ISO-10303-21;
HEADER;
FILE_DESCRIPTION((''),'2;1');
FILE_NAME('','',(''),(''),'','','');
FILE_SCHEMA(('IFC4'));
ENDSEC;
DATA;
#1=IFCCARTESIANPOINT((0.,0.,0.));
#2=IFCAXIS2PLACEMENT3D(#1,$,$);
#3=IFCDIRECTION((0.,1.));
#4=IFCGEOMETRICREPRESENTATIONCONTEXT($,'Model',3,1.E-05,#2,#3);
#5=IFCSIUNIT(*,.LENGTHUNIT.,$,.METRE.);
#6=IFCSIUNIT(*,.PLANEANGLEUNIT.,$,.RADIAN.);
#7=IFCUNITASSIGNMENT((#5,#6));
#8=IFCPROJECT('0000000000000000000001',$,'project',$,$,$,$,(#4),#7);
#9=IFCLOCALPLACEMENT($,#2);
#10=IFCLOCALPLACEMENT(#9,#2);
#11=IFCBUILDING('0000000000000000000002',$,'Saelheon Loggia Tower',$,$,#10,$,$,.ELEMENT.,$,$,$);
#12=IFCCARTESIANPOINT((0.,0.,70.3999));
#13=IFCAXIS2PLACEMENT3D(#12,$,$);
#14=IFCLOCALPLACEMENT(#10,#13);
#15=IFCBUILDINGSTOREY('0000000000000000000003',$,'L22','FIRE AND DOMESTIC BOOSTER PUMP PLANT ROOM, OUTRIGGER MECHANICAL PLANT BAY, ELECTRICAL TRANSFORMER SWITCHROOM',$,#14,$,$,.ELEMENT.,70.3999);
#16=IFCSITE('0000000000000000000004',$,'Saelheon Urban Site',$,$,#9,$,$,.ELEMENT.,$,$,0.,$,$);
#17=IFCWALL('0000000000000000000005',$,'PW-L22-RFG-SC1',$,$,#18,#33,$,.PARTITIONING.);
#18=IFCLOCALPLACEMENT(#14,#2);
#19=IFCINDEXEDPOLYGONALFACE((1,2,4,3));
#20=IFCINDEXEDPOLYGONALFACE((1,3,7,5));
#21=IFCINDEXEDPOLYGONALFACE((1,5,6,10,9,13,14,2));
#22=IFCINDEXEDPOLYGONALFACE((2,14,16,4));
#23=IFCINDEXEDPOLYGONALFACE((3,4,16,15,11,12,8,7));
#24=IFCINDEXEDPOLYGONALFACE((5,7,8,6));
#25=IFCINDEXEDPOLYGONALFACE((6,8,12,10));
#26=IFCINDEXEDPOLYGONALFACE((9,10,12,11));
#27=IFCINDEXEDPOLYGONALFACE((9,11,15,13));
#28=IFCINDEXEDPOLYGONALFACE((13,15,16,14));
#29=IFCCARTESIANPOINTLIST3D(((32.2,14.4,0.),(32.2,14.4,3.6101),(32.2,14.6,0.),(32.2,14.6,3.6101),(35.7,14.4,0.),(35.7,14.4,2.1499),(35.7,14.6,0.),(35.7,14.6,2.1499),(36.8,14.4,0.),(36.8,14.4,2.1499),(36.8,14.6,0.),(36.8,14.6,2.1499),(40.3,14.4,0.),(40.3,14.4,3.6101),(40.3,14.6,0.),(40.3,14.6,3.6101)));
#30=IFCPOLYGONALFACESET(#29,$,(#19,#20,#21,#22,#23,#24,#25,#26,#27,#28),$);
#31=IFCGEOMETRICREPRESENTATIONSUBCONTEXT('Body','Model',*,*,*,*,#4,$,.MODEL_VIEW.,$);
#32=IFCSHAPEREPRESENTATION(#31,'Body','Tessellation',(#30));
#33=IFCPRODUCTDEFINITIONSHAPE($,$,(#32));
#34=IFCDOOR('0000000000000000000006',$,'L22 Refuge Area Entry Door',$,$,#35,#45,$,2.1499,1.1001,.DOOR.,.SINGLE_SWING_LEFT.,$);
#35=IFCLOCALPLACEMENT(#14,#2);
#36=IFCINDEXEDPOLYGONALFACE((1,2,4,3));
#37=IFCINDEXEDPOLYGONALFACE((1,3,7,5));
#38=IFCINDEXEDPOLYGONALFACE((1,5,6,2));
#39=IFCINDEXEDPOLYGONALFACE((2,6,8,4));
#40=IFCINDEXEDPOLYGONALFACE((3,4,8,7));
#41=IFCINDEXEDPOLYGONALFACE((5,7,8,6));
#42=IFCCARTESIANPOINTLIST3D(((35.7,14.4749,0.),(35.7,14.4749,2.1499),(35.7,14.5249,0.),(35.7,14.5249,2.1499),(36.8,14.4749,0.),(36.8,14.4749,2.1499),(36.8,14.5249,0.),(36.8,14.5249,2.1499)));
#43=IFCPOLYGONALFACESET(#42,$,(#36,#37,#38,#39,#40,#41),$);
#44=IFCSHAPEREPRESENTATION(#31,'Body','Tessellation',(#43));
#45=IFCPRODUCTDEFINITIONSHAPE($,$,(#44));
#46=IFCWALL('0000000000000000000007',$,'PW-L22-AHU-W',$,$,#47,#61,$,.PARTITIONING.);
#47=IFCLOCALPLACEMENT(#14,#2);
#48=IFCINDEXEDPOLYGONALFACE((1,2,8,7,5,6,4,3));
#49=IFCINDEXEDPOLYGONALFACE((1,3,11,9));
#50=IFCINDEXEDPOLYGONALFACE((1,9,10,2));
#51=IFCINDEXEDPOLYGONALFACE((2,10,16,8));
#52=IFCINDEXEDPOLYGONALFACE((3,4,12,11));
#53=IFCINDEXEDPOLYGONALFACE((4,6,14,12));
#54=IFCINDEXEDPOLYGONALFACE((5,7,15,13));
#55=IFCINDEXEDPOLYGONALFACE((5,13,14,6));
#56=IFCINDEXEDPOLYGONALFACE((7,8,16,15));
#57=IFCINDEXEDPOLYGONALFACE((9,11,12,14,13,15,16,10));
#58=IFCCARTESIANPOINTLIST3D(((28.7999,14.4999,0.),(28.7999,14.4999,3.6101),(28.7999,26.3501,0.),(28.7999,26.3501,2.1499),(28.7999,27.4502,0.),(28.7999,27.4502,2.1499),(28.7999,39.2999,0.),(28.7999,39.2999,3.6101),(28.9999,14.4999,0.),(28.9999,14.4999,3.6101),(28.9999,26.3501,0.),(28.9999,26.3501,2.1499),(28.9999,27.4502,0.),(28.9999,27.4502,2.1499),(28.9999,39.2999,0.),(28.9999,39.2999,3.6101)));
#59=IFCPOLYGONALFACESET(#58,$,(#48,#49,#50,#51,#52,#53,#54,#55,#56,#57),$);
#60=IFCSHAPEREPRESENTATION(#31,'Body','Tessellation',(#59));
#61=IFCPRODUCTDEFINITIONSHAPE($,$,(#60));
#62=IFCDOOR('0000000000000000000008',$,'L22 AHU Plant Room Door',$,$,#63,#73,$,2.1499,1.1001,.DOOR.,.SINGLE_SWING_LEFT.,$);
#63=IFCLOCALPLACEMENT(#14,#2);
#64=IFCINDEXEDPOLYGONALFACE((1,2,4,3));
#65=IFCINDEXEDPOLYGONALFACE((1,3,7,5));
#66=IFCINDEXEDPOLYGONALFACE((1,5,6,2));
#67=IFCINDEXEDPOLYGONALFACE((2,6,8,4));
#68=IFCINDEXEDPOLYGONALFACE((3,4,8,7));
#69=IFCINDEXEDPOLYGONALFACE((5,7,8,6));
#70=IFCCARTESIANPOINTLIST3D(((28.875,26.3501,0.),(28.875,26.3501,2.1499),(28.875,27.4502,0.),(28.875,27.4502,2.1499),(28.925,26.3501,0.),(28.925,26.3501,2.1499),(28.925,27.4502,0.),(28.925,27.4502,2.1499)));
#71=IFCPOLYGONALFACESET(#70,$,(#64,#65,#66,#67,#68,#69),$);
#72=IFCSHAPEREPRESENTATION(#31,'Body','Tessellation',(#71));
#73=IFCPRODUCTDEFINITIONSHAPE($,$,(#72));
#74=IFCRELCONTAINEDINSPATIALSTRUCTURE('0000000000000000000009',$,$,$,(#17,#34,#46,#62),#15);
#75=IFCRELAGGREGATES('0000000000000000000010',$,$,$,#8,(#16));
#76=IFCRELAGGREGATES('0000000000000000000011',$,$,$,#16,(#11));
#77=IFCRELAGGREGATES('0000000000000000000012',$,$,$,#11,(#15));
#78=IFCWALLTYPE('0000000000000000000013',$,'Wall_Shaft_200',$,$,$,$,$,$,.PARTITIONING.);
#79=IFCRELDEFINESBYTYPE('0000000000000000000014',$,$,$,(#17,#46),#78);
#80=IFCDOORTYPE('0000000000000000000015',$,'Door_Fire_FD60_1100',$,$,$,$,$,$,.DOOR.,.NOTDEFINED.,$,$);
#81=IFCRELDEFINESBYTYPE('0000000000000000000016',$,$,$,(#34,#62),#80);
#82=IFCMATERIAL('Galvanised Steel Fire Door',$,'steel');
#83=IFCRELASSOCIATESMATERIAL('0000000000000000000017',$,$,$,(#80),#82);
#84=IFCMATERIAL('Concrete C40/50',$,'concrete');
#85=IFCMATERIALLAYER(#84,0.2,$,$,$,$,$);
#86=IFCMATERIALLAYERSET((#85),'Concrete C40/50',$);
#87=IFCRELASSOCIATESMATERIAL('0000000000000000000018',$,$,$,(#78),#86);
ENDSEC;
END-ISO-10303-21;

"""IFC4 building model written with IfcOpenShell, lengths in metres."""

from ifc_helpers import new_model, si_unit, direction, frame, frame_2d, origin, place, context, subcontext, project, spatial, rectangle, extrude, source, transform, mapped, material, layer, layer_set, type_object, element, fill, save


model = new_model("IFC4")

# Units and contexts
model_context = context("Model", 3, precision=1e-05, world=origin(), true_north=direction((0.0, 1.0)))
body_context = subcontext(model_context, "Body", "Model", "MODEL_VIEW")
ifc_project = project(units=[si_unit("LENGTHUNIT", "METRE"), si_unit("PLANEANGLEUNIT", "RADIAN")], contexts=[model_context])

# Site, building, storey
site_placement = place(None, origin())
site = spatial("IfcSite", under=ifc_project, at=site_placement, Name="Saelheon Urban Site", CompositionType="ELEMENT", RefElevation=0.0)
building_placement = place(site_placement, origin())
building = spatial("IfcBuilding", under=site, at=building_placement, Name="Saelheon Loggia Tower", CompositionType="ELEMENT")
storey_placement = place(building_placement, frame((0.0, 0.0, 70.3999)))
storey = spatial("IfcBuildingStorey", under=building, at=storey_placement, Name="L22", Description="FIRE AND DOMESTIC BOOSTER PUMP PLANT ROOM, OUTRIGGER MECHANICAL PLANT BAY, ELECTRICAL TRANSFORMER SWITCHROOM", CompositionType="ELEMENT", Elevation=70.3999)

# Shared definitions
ifc_material_1 = material(Name="Concrete C40/50", Category="concrete")

# Walls, openings, doors
ifc_material_2 = material(Name="Galvanised Steel Fire Door", Category="steel")
door_type = type_object("IfcDoorType", Name="Door_Fire_FD60_1100", OperationType="NOTDEFINED", PredefinedType="DOOR", material=ifc_material_2)
shared_shape_1 = source(origin(), body_context, "Body", "SweptSolid", [
    extrude(rectangle(XDim=1.1001, YDim=2.1499, at=frame_2d((0.55, 1.075))), frame((0.0, 0.0249, 0.0), z_axis=(0.0, -1.0, 0.0), x_axis=(1.0, 0.0, 0.0)), (0.0, 0.0, 1.0), 0.05),
])
ifc_layer_1 = layer(ifc_material_1, 0.2)
ifc_layer_set_1 = layer_set([ifc_layer_1], Name="Concrete C40/50")
wall_type_1 = type_object("IfcWallType", Name="Wall_Shaft_200", PredefinedType="PARTITIONING", material=ifc_layer_set_1)
wall_1_placement = place(storey_placement, frame((32.2, 14.5, 0.0), z_axis=(0.0, 0.0, 1.0), x_axis=(1.0, 0.0, 0.0)))
wall_1 = element("IfcWall", 1, at=wall_1_placement, inside=storey, type_object=wall_type_1, Name="PW-L22-RFG-SC1", PredefinedType="PARTITIONING", context=body_context, shape_type="SweptSolid", body=[
    extrude(rectangle(XDim=8.1001, YDim=0.2, at=frame_2d((4.05, 0.0))), origin(), (0.0, 0.0, 1.0), 3.6101),
])
opening_1_placement = place(wall_1_placement, frame((3.5, 0.0, 0.0)))
opening_1 = element("IfcOpeningElement", 2, at=opening_1_placement, cuts=wall_1, PredefinedType="OPENING", context=body_context, shape_type="SweptSolid", body=[
    extrude(rectangle(XDim=1.1001, YDim=2.1499, at=frame_2d((0.55, 1.075))), frame((0.0, 0.1121, 0.0), z_axis=(0.0, -1.0, 0.0), x_axis=(1.0, 0.0, 0.0)), (0.0, 0.0, 1.0), 0.2239),
])
door_1_placement = place(opening_1_placement, origin())
door_1 = element("IfcDoor", 3, at=door_1_placement, inside=storey, type_object=door_type, Name="L22 Refuge Area Entry Door", OperationType="SINGLE_SWING_LEFT", OverallHeight=2.1499, OverallWidth=1.1001, PredefinedType="DOOR", context=body_context, shape_type="MappedRepresentation", body=[
    mapped(shared_shape_1, transform((0.0, 0.0, 0.0), scale=1.0)),
])
fill(opening_1, door_1)
wall_2_placement = place(storey_placement, frame((28.8999, 14.5, 0.0), z_axis=(0.0, 0.0, 1.0), x_axis=(0.0, 1.0, 0.0)))
wall_2 = element("IfcWall", 4, at=wall_2_placement, inside=storey, type_object=wall_type_1, Name="PW-L22-AHU-W", PredefinedType="PARTITIONING", context=body_context, shape_type="SweptSolid", body=[
    extrude(rectangle(XDim=24.8, YDim=0.2, at=frame_2d((12.3999, 0.0))), origin(), (0.0, 0.0, 1.0), 3.6101),
])
opening_2_placement = place(wall_2_placement, frame((11.8501, 0.0, 0.0)))
opening_2 = element("IfcOpeningElement", 5, at=opening_2_placement, cuts=wall_2, PredefinedType="OPENING", context=body_context, shape_type="SweptSolid", body=[
    extrude(rectangle(XDim=1.1001, YDim=2.1499, at=frame_2d((0.55, 1.075))), frame((0.0, 0.1121, 0.0), z_axis=(0.0, -1.0, 0.0), x_axis=(1.0, 0.0, 0.0)), (0.0, 0.0, 1.0), 0.2239),
])
door_2_placement = place(opening_2_placement, origin())
door_2 = element("IfcDoor", 6, at=door_2_placement, inside=storey, type_object=door_type, Name="L22 AHU Plant Room Door", OperationType="SINGLE_SWING_LEFT", OverallHeight=2.1499, OverallWidth=1.1001, PredefinedType="DOOR", context=body_context, shape_type="MappedRepresentation", body=[
    mapped(shared_shape_1, transform((0.0, 0.0, 0.0), scale=1.0)),
])
fill(opening_2, door_2)

save(model, "model.ifc")
